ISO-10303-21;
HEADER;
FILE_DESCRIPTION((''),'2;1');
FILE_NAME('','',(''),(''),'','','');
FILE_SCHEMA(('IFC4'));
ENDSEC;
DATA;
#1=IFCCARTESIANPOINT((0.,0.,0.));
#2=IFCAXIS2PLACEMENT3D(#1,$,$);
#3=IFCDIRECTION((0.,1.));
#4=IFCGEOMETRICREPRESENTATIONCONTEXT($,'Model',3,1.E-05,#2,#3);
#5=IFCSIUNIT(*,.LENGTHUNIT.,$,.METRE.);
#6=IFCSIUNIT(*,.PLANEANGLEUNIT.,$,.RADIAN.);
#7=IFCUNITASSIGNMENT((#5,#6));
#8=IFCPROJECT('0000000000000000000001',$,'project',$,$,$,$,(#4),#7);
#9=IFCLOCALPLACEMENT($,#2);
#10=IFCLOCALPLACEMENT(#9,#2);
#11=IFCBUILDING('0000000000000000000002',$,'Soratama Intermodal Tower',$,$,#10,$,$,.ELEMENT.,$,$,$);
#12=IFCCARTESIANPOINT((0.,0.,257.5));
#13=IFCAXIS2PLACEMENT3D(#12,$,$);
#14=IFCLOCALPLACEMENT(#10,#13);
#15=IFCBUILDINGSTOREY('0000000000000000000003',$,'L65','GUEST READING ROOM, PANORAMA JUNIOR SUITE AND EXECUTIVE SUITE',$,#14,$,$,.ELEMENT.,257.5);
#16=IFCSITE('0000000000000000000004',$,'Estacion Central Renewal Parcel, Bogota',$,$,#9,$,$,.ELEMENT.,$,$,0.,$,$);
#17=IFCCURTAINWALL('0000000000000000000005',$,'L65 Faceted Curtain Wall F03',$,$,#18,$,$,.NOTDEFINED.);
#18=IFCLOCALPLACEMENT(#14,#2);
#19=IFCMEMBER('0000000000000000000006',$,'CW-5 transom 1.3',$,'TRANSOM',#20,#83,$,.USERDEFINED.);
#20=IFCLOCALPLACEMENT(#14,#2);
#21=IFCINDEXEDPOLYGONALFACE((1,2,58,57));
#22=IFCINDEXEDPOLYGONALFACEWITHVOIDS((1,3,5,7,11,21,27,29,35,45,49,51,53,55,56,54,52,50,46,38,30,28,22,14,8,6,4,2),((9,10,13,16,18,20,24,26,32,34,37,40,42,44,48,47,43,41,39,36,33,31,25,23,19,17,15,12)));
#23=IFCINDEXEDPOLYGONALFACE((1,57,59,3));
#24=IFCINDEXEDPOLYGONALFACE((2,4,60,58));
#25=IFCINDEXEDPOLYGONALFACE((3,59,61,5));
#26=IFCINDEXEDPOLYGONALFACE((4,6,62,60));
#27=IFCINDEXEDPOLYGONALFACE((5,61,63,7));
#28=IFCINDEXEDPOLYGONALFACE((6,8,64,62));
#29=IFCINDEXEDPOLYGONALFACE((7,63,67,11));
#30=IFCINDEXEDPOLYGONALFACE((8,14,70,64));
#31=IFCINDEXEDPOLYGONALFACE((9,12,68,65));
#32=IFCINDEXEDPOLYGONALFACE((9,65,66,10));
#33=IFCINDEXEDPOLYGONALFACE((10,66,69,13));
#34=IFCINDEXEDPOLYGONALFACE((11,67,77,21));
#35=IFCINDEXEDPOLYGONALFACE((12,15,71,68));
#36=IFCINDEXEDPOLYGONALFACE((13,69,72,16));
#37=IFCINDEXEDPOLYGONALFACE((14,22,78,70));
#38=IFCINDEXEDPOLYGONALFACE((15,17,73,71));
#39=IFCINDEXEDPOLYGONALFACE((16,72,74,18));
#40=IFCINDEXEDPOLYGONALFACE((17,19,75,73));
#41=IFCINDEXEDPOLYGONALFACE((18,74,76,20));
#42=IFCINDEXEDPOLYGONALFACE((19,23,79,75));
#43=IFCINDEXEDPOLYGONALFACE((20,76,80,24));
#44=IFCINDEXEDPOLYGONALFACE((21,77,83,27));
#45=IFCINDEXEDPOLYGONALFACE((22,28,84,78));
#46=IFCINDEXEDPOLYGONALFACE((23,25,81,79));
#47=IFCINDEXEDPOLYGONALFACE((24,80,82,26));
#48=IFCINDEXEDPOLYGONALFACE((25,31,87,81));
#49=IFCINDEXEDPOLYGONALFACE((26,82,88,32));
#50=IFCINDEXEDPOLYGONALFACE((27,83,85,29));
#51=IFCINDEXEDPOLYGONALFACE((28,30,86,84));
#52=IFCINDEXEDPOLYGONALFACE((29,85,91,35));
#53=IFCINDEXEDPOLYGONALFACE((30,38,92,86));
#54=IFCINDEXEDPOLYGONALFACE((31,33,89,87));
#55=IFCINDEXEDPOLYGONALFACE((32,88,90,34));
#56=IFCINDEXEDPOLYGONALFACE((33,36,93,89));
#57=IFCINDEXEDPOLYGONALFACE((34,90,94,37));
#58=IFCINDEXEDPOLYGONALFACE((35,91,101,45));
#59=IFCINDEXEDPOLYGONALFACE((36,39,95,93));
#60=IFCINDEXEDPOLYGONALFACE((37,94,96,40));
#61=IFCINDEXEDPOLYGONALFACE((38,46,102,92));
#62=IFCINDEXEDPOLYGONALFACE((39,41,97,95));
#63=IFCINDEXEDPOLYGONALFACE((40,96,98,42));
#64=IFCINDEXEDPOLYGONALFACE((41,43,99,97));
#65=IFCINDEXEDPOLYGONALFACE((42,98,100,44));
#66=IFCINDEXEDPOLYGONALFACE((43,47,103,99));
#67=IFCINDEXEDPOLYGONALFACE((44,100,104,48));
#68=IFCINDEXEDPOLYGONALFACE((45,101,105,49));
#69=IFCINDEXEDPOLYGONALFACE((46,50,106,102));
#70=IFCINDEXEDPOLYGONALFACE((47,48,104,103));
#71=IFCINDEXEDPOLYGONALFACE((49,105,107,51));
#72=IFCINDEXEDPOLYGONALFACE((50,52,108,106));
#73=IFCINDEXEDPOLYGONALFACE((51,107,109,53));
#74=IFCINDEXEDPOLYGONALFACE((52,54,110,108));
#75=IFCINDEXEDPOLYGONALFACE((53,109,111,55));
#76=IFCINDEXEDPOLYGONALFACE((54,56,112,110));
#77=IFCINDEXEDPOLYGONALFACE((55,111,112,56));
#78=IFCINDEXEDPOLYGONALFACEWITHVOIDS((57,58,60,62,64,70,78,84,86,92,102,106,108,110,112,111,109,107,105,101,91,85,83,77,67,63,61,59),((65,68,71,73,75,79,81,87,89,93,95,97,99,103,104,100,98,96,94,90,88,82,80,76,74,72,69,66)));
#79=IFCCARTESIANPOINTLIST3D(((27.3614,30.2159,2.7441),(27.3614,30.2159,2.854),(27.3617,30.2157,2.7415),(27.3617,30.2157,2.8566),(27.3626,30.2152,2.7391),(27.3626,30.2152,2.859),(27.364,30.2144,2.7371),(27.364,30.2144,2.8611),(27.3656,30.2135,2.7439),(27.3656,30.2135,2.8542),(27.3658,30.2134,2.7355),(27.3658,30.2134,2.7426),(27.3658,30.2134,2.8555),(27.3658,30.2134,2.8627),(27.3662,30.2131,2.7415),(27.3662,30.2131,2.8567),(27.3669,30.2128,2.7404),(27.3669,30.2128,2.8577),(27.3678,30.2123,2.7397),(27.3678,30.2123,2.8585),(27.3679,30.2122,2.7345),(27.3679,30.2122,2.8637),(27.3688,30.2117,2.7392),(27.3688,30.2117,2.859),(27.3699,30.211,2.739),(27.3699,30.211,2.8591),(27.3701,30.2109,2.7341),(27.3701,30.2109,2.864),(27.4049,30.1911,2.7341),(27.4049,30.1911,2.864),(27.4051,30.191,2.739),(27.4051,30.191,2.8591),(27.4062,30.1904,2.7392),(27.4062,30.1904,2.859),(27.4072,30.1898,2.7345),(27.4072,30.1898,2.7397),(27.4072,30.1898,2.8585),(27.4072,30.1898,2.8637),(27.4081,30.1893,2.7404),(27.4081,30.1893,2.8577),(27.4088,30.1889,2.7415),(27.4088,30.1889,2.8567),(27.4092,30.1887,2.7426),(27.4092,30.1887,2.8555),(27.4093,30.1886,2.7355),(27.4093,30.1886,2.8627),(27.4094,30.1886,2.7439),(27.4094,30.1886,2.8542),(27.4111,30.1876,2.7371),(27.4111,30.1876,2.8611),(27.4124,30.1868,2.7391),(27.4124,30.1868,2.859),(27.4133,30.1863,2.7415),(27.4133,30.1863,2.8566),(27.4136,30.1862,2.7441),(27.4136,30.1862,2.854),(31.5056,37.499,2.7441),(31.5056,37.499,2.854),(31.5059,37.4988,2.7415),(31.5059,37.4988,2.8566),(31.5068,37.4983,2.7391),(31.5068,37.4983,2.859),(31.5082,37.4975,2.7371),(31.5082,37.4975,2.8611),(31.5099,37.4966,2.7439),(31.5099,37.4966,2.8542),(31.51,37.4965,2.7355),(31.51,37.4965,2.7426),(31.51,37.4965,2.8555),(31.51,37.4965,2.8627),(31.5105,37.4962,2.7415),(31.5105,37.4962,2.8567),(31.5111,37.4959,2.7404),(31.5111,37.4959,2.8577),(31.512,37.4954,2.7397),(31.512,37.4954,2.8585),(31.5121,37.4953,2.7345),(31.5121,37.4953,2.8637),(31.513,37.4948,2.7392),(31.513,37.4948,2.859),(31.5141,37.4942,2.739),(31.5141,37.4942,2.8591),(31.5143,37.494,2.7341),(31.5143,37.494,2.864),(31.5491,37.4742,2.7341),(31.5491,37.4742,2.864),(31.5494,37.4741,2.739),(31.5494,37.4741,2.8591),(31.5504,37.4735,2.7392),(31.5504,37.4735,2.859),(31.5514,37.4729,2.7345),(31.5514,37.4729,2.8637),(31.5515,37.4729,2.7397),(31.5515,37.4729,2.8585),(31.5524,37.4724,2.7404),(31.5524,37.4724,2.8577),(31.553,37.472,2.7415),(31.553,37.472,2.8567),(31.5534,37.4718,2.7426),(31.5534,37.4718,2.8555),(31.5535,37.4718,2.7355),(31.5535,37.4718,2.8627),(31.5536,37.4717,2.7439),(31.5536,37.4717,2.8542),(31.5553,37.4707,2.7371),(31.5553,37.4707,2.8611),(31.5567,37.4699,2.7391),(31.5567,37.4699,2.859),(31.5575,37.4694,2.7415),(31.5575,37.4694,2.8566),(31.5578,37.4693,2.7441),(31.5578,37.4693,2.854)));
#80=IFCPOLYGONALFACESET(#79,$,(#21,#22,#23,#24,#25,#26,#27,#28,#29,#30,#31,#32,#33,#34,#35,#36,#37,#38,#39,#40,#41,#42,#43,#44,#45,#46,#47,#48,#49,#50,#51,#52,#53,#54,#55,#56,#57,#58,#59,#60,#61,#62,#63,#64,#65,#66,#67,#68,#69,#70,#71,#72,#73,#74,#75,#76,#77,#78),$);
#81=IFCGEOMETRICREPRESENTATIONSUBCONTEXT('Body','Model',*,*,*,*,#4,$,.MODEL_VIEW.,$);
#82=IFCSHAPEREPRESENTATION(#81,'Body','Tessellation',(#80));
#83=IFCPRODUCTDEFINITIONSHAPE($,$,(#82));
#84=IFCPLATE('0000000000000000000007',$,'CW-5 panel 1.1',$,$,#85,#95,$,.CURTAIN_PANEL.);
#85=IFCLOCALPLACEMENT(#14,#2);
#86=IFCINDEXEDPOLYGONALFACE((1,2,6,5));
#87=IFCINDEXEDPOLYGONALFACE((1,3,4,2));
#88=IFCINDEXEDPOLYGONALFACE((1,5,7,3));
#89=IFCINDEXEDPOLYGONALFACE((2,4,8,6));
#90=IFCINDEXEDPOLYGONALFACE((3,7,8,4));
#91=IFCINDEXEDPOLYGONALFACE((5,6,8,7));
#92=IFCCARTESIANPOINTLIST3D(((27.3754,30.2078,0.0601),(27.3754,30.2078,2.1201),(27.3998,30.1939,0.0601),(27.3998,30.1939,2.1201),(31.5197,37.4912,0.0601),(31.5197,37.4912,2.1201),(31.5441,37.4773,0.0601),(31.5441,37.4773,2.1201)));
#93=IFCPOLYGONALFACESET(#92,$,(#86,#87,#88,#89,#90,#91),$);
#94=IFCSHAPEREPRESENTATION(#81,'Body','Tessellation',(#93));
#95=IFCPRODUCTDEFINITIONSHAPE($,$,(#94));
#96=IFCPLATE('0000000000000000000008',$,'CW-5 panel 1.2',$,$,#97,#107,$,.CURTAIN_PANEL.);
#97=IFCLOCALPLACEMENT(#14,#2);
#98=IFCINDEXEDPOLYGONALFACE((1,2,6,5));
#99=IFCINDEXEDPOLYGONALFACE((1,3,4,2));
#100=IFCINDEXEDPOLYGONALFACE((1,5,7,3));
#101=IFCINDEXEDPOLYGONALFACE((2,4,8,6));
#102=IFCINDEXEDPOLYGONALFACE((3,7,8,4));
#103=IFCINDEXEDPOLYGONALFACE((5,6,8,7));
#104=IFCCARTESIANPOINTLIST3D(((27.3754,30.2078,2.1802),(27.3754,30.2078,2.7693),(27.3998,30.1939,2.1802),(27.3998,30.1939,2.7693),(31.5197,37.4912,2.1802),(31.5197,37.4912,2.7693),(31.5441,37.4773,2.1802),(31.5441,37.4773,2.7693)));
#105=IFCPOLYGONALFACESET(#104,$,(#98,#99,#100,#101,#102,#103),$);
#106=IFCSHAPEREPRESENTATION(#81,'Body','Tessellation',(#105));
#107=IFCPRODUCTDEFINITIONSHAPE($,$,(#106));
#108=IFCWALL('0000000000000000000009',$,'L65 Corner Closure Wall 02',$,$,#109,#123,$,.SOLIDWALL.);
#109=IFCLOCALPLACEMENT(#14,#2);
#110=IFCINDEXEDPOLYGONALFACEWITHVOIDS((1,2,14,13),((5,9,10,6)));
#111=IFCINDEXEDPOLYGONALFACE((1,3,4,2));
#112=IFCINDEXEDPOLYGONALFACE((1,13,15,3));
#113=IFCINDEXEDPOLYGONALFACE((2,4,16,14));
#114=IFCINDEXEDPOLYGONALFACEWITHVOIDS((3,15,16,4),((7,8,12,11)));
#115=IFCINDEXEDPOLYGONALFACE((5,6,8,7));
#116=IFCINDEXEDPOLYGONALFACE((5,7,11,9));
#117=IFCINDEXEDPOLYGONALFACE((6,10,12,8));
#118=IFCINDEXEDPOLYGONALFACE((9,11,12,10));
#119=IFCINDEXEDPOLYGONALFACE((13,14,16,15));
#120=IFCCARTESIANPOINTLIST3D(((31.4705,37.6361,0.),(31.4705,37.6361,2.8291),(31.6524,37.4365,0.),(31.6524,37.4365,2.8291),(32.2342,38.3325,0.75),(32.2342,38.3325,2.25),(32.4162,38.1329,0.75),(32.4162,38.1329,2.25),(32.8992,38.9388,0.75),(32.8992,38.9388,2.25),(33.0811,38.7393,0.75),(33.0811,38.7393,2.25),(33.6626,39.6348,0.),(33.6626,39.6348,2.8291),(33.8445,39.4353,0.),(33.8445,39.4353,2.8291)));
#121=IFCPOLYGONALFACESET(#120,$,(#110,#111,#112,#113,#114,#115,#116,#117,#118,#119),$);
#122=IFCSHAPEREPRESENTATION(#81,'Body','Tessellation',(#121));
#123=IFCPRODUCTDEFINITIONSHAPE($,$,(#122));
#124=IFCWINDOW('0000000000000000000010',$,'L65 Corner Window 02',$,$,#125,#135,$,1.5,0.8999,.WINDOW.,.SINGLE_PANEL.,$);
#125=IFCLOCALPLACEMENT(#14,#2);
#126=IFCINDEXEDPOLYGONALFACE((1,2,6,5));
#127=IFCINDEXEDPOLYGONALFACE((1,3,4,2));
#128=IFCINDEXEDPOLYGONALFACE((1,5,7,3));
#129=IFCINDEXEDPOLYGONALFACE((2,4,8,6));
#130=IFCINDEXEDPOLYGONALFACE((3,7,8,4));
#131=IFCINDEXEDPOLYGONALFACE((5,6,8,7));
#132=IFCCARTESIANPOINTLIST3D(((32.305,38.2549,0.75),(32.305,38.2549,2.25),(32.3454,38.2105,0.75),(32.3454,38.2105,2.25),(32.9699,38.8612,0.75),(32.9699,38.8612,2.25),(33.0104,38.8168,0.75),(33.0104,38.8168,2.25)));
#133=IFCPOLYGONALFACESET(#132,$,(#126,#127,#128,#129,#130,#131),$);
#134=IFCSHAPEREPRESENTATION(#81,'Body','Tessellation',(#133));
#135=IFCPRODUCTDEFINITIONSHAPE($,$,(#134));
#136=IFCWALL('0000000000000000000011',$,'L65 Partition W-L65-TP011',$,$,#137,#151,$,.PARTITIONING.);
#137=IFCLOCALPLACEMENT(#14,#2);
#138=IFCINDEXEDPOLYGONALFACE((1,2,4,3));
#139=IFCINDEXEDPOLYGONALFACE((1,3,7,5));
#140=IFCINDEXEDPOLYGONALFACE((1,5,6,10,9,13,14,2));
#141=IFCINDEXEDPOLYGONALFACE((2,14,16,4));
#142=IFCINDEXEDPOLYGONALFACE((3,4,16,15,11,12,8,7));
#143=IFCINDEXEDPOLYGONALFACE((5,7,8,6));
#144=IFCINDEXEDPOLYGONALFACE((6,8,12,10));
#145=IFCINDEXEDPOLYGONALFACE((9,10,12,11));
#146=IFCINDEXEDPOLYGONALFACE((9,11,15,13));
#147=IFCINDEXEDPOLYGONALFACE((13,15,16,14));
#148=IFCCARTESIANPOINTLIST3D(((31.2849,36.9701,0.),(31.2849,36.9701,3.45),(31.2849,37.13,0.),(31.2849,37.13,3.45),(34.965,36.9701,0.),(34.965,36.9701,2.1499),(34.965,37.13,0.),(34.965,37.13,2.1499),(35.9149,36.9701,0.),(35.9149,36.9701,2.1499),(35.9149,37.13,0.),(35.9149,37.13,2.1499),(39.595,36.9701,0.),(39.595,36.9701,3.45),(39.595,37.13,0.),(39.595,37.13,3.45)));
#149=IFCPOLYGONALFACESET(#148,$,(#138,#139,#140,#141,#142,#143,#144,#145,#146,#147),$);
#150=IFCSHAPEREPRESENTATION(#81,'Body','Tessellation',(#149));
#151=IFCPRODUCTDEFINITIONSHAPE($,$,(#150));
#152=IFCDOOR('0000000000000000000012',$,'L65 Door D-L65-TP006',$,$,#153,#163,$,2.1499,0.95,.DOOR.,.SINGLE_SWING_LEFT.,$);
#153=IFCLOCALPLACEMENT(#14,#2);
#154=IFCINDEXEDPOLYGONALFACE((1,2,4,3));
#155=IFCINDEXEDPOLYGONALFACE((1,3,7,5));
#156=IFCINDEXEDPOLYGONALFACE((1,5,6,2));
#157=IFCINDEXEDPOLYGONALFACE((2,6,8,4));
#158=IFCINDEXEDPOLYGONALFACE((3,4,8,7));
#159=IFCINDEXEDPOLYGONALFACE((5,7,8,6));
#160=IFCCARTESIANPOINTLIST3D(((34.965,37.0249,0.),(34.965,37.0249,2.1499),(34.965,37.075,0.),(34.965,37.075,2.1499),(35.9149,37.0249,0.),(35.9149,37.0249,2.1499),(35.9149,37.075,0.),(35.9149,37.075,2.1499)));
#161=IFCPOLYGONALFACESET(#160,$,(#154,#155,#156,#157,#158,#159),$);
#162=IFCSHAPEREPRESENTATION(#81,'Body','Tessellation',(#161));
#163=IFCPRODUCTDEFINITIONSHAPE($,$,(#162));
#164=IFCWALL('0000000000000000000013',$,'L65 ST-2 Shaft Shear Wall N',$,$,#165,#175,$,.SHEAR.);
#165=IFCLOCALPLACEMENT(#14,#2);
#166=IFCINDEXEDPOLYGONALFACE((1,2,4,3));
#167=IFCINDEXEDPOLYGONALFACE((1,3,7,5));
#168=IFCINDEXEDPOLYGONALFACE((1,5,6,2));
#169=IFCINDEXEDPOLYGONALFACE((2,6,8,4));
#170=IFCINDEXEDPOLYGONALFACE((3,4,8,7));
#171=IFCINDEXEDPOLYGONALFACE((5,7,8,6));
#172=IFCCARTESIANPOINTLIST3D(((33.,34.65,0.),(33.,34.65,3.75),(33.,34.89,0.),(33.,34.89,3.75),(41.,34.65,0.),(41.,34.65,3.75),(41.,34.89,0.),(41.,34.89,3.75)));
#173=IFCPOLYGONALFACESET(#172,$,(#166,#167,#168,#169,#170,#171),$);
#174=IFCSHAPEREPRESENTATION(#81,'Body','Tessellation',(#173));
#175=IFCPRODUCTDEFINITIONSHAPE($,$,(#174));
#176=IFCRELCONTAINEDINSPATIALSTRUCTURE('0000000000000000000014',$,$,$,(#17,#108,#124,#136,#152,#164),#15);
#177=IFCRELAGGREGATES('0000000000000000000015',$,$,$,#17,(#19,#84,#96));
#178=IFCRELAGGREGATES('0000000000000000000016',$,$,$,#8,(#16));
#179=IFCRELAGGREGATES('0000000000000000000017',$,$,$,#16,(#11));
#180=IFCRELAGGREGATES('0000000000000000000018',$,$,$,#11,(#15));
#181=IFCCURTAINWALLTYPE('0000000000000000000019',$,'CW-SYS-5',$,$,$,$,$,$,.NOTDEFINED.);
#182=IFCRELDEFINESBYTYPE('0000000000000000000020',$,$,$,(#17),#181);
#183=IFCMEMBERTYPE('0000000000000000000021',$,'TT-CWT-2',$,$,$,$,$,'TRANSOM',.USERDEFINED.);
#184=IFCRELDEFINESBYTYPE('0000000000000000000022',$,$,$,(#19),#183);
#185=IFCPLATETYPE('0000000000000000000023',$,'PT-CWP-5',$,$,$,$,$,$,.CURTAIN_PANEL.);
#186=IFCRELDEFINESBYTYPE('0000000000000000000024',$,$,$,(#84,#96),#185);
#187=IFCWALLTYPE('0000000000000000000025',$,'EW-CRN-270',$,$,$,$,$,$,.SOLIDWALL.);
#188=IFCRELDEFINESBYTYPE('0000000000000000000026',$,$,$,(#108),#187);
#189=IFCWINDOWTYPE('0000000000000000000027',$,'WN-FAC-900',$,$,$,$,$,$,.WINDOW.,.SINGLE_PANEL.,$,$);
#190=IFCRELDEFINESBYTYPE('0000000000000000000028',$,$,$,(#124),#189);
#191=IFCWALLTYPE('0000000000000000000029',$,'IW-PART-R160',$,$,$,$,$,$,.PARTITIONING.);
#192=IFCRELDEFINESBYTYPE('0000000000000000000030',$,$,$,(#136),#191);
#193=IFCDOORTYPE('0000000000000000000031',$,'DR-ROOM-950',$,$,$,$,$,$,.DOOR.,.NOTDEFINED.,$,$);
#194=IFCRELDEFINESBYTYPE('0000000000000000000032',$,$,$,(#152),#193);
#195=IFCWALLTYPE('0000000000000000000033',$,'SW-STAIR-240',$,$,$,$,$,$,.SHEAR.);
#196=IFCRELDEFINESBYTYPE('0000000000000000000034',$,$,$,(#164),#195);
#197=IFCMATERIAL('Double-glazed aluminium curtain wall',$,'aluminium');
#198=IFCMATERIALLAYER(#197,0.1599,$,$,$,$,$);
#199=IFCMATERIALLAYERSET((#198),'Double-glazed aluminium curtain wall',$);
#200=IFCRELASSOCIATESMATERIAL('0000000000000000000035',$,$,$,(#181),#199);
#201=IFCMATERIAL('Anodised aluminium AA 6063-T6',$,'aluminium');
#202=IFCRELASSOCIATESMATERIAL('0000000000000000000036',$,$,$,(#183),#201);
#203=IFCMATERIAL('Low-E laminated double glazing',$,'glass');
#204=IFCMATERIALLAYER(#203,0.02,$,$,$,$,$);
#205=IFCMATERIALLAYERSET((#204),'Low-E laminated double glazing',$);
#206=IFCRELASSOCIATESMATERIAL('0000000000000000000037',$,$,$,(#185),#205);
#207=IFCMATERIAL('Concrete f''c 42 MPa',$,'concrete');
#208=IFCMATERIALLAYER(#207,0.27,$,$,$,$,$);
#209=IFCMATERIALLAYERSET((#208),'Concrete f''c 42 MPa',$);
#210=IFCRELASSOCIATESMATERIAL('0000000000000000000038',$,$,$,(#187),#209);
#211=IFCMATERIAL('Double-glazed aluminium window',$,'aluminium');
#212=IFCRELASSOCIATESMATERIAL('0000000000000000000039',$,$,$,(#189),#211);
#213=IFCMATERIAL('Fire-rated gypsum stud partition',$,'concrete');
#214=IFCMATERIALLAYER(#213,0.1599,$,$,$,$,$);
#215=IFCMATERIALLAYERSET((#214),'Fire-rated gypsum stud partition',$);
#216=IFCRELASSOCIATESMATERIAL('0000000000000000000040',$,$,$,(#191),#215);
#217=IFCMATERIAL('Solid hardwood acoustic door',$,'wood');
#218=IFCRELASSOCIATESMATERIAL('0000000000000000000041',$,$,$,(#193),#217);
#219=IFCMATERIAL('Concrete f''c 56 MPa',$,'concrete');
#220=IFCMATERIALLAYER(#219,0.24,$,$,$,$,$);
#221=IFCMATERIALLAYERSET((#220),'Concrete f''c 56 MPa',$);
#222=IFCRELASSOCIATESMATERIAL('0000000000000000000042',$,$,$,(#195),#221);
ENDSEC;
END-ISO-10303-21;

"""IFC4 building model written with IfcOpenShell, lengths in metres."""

from ifc_helpers import new_model, si_unit, direction, frame, frame_2d, origin, origin_2d, place, context, subcontext, project, spatial, rectangle, hollow_rectangle, extrude, material, layer, layer_set, material_profile, profile_set, type_object, element, fill, aggregate, save


model = new_model("IFC4")

# Units and contexts
model_context = context("Model", 3, precision=1e-05, world=origin(), true_north=direction((0.0, 1.0)))
body_context = subcontext(model_context, "Body", "Model", "MODEL_VIEW")
ifc_project = project(units=[si_unit("LENGTHUNIT", "METRE"), si_unit("PLANEANGLEUNIT", "RADIAN")], contexts=[model_context])

# Site, building, storey
site_placement = place(None, origin())
site = spatial("IfcSite", under=ifc_project, at=site_placement, Name="Estacion Central Renewal Parcel, Bogota", CompositionType="ELEMENT", RefElevation=0.0)
building_placement = place(site_placement, origin())
building = spatial("IfcBuilding", under=site, at=building_placement, Name="Soratama Intermodal Tower", CompositionType="ELEMENT")
storey_placement = place(building_placement, frame((0.0, 0.0, 257.5)))
storey = spatial("IfcBuildingStorey", under=building, at=storey_placement, Name="L65", Description="GUEST READING ROOM, PANORAMA JUNIOR SUITE AND EXECUTIVE SUITE", CompositionType="ELEMENT", Elevation=257.5)

# Shared definitions
ifc_material_1 = material(Name="Double-glazed aluminium curtain wall", Category="aluminium")
ifc_layer_1 = layer(ifc_material_1, 0.1599)
ifc_layer_set_1 = layer_set([ifc_layer_1], Name="Double-glazed aluminium curtain wall")
curtain_wall_type = type_object("IfcCurtainWallType", Name="CW-SYS-5", PredefinedType="NOTDEFINED", material=ifc_layer_set_1)

# Curtain wall, member, plates
curtain_wall_1_placement = place(storey_placement, origin())
curtain_wall_1 = element("IfcCurtainWall", 1, at=curtain_wall_1_placement, inside=storey, type_object=curtain_wall_type, Name="L65 Faceted Curtain Wall F03", PredefinedType="NOTDEFINED")
ifc_material_2 = material(Name="Anodised aluminium AA 6063-T6", Category="aluminium")
ifc_material_profile_1 = material_profile(ifc_material_2, hollow_rectangle(XDim=0.0601, YDim=0.1299, WallThickness=0.0049, InnerFilletRadius=0.0049, OuterFilletRadius=0.01, at=origin_2d()), Name="CWT130X60X5")
ifc_profile_set_1 = profile_set([ifc_material_profile_1], Name="Anodised aluminium AA 6063-T6")
member_type_1 = type_object("IfcMemberType", Name="TT-CWT-2", ElementType="TRANSOM", PredefinedType="USERDEFINED", material=ifc_profile_set_1)
member_1_placement = place(storey_placement, frame((31.5317, 37.4841, 2.7991), z_axis=(-0.49456, -0.869144, 0.0), x_axis=(0.869144, -0.49456, 0.0)))
member_1 = element("IfcMember", 2, at=member_1_placement, type_object=member_type_1, Name="CW-5 transom 1.3", ObjectType="TRANSOM", PredefinedType="USERDEFINED", context=body_context, shape_type="SweptSolid", body=[
    extrude(hollow_rectangle(XDim=0.0601, YDim=0.1299, WallThickness=0.0049, InnerFilletRadius=0.0049, OuterFilletRadius=0.01, at=origin_2d()), origin(), (0.0, 0.0, 1.0), 8.3796),
])
ifc_material_3 = material(Name="Low-E laminated double glazing", Category="glass")
ifc_layer_2 = layer(ifc_material_3, 0.02)
ifc_layer_set_2 = layer_set([ifc_layer_2], Name="Low-E laminated double glazing")
plate_type = type_object("IfcPlateType", Name="PT-CWP-5", PredefinedType="CURTAIN_PANEL", material=ifc_layer_set_2)
plate_1_placement = place(storey_placement, frame((29.4597, 33.8425, 0.0601), z_axis=(0.0, 0.0, 1.0), x_axis=(-0.494552, -0.869148, 0.0)))
plate_1 = element("IfcPlate", 3, at=plate_1_placement, type_object=plate_type, Name="CW-5 panel 1.1", PredefinedType="CURTAIN_PANEL", context=body_context, shape_type="SweptSolid", body=[
    extrude(rectangle(XDim=8.3799, YDim=0.0281, at=origin_2d()), origin(), (0.0, 0.0, 1.0), 2.0601),
])
plate_2_placement = place(storey_placement, frame((29.4597, 33.8425, 2.1802), z_axis=(0.0, 0.0, 1.0), x_axis=(-0.494552, -0.869148, 0.0)))
plate_2 = element("IfcPlate", 4, at=plate_2_placement, type_object=plate_type, Name="CW-5 panel 1.2", PredefinedType="CURTAIN_PANEL", context=body_context, shape_type="SweptSolid", body=[
    extrude(rectangle(XDim=8.3799, YDim=0.0281, at=origin_2d()), origin(), (0.0, 0.0, 1.0), 0.5891),
])
aggregate(curtain_wall_1, [member_1, plate_1, plate_2])

# Wall, opening, window
ifc_material_4 = material(Name="Concrete f'c 42 MPa", Category="concrete")
ifc_layer_3 = layer(ifc_material_4, 0.27)
ifc_layer_set_3 = layer_set([ifc_layer_3], Name="Concrete f'c 42 MPa")
wall_type_1 = type_object("IfcWallType", Name="EW-CRN-270", PredefinedType="SOLIDWALL", material=ifc_layer_set_3)
wall_1_placement = place(storey_placement, frame((33.7537, 39.5352, 0.0), z_axis=(0.0, 0.0, 1.0), x_axis=(-0.738945, -0.673766, 0.0)))
wall_1 = element("IfcWall", 5, at=wall_1_placement, inside=storey, type_object=wall_type_1, Name="L65 Corner Closure Wall 02", PredefinedType="SOLIDWALL", context=body_context, shape_type="SweptSolid", body=[
    extrude(rectangle(XDim=2.9666, YDim=0.27, at=frame_2d((1.4834, 0.0))), origin(), (0.0, 0.0, 1.0), 2.8291),
])
opening_1_placement = place(wall_1_placement, frame((1.0332, 0.0, 0.75)))
opening_1 = element("IfcOpeningElement", 6, at=opening_1_placement, cuts=wall_1, PredefinedType="OPENING", context=body_context, shape_type="SweptSolid", body=[
    extrude(rectangle(XDim=0.8999, YDim=1.5, at=frame_2d((0.45, 0.75))), frame((0.0, 0.145, 0.0), z_axis=(0.0, -1.0, 0.0), x_axis=(1.0, 0.0, 0.0)), (0.0, 0.0, 1.0), 0.29),
])
ifc_material_5 = material(Name="Double-glazed aluminium window", Category="aluminium")
window_type = type_object("IfcWindowType", Name="WN-FAC-900", PartitioningType="SINGLE_PANEL", PredefinedType="WINDOW", material=ifc_material_5)
window_placement = place(opening_1_placement, origin())
window = element("IfcWindow", 7, at=window_placement, inside=storey, type_object=window_type, Name="L65 Corner Window 02", OverallHeight=1.5, OverallWidth=0.8999, PartitioningType="SINGLE_PANEL", PredefinedType="WINDOW", context=body_context, shape_type="SweptSolid", body=[
    extrude(rectangle(XDim=0.8999, YDim=1.5, at=frame_2d((0.45, 0.75))), frame((0.0, 0.03, 0.0), z_axis=(0.0, -1.0, 0.0), x_axis=(1.0, 0.0, 0.0)), (0.0, 0.0, 1.0), 0.0601),
])
fill(opening_1, window)

# Wall, opening, door
ifc_material_6 = material(Name="Fire-rated gypsum stud partition", Category="concrete")
ifc_layer_4 = layer(ifc_material_6, 0.1599)
ifc_layer_set_4 = layer_set([ifc_layer_4], Name="Fire-rated gypsum stud partition")
wall_type_2 = type_object("IfcWallType", Name="IW-PART-R160", PredefinedType="PARTITIONING", material=ifc_layer_set_4)
wall_2_placement = place(storey_placement, frame((31.2849, 37.05, 0.0), z_axis=(0.0, 0.0, 1.0), x_axis=(1.0, 0.0, 0.0)))
wall_2 = element("IfcWall", 8, at=wall_2_placement, inside=storey, type_object=wall_type_2, Name="L65 Partition W-L65-TP011", PredefinedType="PARTITIONING", context=body_context, shape_type="SweptSolid", body=[
    extrude(rectangle(XDim=8.3101, YDim=0.1599, at=frame_2d((4.155, 0.0))), origin(), (0.0, 0.0, 1.0), 3.45),
])
opening_2_placement = place(wall_2_placement, frame((3.6799, 0.0, 0.0)))
opening_2 = element("IfcOpeningElement", 9, at=opening_2_placement, cuts=wall_2, PredefinedType="OPENING", context=body_context, shape_type="SweptSolid", body=[
    extrude(rectangle(XDim=0.95, YDim=2.1499, at=frame_2d((0.4751, 1.075))), frame((0.0, 0.0898, 0.0), z_axis=(0.0, -1.0, 0.0), x_axis=(1.0, 0.0, 0.0)), (0.0, 0.0, 1.0), 0.1799),
])
ifc_material_7 = material(Name="Solid hardwood acoustic door", Category="wood")
door_type = type_object("IfcDoorType", Name="DR-ROOM-950", OperationType="NOTDEFINED", PredefinedType="DOOR", material=ifc_material_7)
door_placement = place(opening_2_placement, origin())
door = element("IfcDoor", 10, at=door_placement, inside=storey, type_object=door_type, Name="L65 Door D-L65-TP006", OperationType="SINGLE_SWING_LEFT", OverallHeight=2.1499, OverallWidth=0.95, PredefinedType="DOOR", context=body_context, shape_type="SweptSolid", body=[
    extrude(rectangle(XDim=0.95, YDim=2.1499, at=frame_2d((0.4751, 1.075))), frame((0.0, 0.0249, 0.0), z_axis=(0.0, -1.0, 0.0), x_axis=(1.0, 0.0, 0.0)), (0.0, 0.0, 1.0), 0.05),
])
fill(opening_2, door)

# Wall
ifc_material_8 = material(Name="Concrete f'c 56 MPa", Category="concrete")
ifc_layer_5 = layer(ifc_material_8, 0.24)
ifc_layer_set_5 = layer_set([ifc_layer_5], Name="Concrete f'c 56 MPa")
wall_type_3 = type_object("IfcWallType", Name="SW-STAIR-240", PredefinedType="SHEAR", material=ifc_layer_set_5)
wall_3_placement = place(storey_placement, frame((33.0, 34.77, 0.0), z_axis=(0.0, 0.0, 1.0), x_axis=(1.0, 0.0, 0.0)))
element("IfcWall", 11, at=wall_3_placement, inside=storey, type_object=wall_type_3, Name="L65 ST-2 Shaft Shear Wall N", PredefinedType="SHEAR", context=body_context, shape_type="SweptSolid", body=[
    extrude(rectangle(XDim=8.0, YDim=0.24, at=frame_2d((4.0, 0.0))), origin(), (0.0, 0.0, 1.0), 3.75),
])

save(model, "model.ifc")
